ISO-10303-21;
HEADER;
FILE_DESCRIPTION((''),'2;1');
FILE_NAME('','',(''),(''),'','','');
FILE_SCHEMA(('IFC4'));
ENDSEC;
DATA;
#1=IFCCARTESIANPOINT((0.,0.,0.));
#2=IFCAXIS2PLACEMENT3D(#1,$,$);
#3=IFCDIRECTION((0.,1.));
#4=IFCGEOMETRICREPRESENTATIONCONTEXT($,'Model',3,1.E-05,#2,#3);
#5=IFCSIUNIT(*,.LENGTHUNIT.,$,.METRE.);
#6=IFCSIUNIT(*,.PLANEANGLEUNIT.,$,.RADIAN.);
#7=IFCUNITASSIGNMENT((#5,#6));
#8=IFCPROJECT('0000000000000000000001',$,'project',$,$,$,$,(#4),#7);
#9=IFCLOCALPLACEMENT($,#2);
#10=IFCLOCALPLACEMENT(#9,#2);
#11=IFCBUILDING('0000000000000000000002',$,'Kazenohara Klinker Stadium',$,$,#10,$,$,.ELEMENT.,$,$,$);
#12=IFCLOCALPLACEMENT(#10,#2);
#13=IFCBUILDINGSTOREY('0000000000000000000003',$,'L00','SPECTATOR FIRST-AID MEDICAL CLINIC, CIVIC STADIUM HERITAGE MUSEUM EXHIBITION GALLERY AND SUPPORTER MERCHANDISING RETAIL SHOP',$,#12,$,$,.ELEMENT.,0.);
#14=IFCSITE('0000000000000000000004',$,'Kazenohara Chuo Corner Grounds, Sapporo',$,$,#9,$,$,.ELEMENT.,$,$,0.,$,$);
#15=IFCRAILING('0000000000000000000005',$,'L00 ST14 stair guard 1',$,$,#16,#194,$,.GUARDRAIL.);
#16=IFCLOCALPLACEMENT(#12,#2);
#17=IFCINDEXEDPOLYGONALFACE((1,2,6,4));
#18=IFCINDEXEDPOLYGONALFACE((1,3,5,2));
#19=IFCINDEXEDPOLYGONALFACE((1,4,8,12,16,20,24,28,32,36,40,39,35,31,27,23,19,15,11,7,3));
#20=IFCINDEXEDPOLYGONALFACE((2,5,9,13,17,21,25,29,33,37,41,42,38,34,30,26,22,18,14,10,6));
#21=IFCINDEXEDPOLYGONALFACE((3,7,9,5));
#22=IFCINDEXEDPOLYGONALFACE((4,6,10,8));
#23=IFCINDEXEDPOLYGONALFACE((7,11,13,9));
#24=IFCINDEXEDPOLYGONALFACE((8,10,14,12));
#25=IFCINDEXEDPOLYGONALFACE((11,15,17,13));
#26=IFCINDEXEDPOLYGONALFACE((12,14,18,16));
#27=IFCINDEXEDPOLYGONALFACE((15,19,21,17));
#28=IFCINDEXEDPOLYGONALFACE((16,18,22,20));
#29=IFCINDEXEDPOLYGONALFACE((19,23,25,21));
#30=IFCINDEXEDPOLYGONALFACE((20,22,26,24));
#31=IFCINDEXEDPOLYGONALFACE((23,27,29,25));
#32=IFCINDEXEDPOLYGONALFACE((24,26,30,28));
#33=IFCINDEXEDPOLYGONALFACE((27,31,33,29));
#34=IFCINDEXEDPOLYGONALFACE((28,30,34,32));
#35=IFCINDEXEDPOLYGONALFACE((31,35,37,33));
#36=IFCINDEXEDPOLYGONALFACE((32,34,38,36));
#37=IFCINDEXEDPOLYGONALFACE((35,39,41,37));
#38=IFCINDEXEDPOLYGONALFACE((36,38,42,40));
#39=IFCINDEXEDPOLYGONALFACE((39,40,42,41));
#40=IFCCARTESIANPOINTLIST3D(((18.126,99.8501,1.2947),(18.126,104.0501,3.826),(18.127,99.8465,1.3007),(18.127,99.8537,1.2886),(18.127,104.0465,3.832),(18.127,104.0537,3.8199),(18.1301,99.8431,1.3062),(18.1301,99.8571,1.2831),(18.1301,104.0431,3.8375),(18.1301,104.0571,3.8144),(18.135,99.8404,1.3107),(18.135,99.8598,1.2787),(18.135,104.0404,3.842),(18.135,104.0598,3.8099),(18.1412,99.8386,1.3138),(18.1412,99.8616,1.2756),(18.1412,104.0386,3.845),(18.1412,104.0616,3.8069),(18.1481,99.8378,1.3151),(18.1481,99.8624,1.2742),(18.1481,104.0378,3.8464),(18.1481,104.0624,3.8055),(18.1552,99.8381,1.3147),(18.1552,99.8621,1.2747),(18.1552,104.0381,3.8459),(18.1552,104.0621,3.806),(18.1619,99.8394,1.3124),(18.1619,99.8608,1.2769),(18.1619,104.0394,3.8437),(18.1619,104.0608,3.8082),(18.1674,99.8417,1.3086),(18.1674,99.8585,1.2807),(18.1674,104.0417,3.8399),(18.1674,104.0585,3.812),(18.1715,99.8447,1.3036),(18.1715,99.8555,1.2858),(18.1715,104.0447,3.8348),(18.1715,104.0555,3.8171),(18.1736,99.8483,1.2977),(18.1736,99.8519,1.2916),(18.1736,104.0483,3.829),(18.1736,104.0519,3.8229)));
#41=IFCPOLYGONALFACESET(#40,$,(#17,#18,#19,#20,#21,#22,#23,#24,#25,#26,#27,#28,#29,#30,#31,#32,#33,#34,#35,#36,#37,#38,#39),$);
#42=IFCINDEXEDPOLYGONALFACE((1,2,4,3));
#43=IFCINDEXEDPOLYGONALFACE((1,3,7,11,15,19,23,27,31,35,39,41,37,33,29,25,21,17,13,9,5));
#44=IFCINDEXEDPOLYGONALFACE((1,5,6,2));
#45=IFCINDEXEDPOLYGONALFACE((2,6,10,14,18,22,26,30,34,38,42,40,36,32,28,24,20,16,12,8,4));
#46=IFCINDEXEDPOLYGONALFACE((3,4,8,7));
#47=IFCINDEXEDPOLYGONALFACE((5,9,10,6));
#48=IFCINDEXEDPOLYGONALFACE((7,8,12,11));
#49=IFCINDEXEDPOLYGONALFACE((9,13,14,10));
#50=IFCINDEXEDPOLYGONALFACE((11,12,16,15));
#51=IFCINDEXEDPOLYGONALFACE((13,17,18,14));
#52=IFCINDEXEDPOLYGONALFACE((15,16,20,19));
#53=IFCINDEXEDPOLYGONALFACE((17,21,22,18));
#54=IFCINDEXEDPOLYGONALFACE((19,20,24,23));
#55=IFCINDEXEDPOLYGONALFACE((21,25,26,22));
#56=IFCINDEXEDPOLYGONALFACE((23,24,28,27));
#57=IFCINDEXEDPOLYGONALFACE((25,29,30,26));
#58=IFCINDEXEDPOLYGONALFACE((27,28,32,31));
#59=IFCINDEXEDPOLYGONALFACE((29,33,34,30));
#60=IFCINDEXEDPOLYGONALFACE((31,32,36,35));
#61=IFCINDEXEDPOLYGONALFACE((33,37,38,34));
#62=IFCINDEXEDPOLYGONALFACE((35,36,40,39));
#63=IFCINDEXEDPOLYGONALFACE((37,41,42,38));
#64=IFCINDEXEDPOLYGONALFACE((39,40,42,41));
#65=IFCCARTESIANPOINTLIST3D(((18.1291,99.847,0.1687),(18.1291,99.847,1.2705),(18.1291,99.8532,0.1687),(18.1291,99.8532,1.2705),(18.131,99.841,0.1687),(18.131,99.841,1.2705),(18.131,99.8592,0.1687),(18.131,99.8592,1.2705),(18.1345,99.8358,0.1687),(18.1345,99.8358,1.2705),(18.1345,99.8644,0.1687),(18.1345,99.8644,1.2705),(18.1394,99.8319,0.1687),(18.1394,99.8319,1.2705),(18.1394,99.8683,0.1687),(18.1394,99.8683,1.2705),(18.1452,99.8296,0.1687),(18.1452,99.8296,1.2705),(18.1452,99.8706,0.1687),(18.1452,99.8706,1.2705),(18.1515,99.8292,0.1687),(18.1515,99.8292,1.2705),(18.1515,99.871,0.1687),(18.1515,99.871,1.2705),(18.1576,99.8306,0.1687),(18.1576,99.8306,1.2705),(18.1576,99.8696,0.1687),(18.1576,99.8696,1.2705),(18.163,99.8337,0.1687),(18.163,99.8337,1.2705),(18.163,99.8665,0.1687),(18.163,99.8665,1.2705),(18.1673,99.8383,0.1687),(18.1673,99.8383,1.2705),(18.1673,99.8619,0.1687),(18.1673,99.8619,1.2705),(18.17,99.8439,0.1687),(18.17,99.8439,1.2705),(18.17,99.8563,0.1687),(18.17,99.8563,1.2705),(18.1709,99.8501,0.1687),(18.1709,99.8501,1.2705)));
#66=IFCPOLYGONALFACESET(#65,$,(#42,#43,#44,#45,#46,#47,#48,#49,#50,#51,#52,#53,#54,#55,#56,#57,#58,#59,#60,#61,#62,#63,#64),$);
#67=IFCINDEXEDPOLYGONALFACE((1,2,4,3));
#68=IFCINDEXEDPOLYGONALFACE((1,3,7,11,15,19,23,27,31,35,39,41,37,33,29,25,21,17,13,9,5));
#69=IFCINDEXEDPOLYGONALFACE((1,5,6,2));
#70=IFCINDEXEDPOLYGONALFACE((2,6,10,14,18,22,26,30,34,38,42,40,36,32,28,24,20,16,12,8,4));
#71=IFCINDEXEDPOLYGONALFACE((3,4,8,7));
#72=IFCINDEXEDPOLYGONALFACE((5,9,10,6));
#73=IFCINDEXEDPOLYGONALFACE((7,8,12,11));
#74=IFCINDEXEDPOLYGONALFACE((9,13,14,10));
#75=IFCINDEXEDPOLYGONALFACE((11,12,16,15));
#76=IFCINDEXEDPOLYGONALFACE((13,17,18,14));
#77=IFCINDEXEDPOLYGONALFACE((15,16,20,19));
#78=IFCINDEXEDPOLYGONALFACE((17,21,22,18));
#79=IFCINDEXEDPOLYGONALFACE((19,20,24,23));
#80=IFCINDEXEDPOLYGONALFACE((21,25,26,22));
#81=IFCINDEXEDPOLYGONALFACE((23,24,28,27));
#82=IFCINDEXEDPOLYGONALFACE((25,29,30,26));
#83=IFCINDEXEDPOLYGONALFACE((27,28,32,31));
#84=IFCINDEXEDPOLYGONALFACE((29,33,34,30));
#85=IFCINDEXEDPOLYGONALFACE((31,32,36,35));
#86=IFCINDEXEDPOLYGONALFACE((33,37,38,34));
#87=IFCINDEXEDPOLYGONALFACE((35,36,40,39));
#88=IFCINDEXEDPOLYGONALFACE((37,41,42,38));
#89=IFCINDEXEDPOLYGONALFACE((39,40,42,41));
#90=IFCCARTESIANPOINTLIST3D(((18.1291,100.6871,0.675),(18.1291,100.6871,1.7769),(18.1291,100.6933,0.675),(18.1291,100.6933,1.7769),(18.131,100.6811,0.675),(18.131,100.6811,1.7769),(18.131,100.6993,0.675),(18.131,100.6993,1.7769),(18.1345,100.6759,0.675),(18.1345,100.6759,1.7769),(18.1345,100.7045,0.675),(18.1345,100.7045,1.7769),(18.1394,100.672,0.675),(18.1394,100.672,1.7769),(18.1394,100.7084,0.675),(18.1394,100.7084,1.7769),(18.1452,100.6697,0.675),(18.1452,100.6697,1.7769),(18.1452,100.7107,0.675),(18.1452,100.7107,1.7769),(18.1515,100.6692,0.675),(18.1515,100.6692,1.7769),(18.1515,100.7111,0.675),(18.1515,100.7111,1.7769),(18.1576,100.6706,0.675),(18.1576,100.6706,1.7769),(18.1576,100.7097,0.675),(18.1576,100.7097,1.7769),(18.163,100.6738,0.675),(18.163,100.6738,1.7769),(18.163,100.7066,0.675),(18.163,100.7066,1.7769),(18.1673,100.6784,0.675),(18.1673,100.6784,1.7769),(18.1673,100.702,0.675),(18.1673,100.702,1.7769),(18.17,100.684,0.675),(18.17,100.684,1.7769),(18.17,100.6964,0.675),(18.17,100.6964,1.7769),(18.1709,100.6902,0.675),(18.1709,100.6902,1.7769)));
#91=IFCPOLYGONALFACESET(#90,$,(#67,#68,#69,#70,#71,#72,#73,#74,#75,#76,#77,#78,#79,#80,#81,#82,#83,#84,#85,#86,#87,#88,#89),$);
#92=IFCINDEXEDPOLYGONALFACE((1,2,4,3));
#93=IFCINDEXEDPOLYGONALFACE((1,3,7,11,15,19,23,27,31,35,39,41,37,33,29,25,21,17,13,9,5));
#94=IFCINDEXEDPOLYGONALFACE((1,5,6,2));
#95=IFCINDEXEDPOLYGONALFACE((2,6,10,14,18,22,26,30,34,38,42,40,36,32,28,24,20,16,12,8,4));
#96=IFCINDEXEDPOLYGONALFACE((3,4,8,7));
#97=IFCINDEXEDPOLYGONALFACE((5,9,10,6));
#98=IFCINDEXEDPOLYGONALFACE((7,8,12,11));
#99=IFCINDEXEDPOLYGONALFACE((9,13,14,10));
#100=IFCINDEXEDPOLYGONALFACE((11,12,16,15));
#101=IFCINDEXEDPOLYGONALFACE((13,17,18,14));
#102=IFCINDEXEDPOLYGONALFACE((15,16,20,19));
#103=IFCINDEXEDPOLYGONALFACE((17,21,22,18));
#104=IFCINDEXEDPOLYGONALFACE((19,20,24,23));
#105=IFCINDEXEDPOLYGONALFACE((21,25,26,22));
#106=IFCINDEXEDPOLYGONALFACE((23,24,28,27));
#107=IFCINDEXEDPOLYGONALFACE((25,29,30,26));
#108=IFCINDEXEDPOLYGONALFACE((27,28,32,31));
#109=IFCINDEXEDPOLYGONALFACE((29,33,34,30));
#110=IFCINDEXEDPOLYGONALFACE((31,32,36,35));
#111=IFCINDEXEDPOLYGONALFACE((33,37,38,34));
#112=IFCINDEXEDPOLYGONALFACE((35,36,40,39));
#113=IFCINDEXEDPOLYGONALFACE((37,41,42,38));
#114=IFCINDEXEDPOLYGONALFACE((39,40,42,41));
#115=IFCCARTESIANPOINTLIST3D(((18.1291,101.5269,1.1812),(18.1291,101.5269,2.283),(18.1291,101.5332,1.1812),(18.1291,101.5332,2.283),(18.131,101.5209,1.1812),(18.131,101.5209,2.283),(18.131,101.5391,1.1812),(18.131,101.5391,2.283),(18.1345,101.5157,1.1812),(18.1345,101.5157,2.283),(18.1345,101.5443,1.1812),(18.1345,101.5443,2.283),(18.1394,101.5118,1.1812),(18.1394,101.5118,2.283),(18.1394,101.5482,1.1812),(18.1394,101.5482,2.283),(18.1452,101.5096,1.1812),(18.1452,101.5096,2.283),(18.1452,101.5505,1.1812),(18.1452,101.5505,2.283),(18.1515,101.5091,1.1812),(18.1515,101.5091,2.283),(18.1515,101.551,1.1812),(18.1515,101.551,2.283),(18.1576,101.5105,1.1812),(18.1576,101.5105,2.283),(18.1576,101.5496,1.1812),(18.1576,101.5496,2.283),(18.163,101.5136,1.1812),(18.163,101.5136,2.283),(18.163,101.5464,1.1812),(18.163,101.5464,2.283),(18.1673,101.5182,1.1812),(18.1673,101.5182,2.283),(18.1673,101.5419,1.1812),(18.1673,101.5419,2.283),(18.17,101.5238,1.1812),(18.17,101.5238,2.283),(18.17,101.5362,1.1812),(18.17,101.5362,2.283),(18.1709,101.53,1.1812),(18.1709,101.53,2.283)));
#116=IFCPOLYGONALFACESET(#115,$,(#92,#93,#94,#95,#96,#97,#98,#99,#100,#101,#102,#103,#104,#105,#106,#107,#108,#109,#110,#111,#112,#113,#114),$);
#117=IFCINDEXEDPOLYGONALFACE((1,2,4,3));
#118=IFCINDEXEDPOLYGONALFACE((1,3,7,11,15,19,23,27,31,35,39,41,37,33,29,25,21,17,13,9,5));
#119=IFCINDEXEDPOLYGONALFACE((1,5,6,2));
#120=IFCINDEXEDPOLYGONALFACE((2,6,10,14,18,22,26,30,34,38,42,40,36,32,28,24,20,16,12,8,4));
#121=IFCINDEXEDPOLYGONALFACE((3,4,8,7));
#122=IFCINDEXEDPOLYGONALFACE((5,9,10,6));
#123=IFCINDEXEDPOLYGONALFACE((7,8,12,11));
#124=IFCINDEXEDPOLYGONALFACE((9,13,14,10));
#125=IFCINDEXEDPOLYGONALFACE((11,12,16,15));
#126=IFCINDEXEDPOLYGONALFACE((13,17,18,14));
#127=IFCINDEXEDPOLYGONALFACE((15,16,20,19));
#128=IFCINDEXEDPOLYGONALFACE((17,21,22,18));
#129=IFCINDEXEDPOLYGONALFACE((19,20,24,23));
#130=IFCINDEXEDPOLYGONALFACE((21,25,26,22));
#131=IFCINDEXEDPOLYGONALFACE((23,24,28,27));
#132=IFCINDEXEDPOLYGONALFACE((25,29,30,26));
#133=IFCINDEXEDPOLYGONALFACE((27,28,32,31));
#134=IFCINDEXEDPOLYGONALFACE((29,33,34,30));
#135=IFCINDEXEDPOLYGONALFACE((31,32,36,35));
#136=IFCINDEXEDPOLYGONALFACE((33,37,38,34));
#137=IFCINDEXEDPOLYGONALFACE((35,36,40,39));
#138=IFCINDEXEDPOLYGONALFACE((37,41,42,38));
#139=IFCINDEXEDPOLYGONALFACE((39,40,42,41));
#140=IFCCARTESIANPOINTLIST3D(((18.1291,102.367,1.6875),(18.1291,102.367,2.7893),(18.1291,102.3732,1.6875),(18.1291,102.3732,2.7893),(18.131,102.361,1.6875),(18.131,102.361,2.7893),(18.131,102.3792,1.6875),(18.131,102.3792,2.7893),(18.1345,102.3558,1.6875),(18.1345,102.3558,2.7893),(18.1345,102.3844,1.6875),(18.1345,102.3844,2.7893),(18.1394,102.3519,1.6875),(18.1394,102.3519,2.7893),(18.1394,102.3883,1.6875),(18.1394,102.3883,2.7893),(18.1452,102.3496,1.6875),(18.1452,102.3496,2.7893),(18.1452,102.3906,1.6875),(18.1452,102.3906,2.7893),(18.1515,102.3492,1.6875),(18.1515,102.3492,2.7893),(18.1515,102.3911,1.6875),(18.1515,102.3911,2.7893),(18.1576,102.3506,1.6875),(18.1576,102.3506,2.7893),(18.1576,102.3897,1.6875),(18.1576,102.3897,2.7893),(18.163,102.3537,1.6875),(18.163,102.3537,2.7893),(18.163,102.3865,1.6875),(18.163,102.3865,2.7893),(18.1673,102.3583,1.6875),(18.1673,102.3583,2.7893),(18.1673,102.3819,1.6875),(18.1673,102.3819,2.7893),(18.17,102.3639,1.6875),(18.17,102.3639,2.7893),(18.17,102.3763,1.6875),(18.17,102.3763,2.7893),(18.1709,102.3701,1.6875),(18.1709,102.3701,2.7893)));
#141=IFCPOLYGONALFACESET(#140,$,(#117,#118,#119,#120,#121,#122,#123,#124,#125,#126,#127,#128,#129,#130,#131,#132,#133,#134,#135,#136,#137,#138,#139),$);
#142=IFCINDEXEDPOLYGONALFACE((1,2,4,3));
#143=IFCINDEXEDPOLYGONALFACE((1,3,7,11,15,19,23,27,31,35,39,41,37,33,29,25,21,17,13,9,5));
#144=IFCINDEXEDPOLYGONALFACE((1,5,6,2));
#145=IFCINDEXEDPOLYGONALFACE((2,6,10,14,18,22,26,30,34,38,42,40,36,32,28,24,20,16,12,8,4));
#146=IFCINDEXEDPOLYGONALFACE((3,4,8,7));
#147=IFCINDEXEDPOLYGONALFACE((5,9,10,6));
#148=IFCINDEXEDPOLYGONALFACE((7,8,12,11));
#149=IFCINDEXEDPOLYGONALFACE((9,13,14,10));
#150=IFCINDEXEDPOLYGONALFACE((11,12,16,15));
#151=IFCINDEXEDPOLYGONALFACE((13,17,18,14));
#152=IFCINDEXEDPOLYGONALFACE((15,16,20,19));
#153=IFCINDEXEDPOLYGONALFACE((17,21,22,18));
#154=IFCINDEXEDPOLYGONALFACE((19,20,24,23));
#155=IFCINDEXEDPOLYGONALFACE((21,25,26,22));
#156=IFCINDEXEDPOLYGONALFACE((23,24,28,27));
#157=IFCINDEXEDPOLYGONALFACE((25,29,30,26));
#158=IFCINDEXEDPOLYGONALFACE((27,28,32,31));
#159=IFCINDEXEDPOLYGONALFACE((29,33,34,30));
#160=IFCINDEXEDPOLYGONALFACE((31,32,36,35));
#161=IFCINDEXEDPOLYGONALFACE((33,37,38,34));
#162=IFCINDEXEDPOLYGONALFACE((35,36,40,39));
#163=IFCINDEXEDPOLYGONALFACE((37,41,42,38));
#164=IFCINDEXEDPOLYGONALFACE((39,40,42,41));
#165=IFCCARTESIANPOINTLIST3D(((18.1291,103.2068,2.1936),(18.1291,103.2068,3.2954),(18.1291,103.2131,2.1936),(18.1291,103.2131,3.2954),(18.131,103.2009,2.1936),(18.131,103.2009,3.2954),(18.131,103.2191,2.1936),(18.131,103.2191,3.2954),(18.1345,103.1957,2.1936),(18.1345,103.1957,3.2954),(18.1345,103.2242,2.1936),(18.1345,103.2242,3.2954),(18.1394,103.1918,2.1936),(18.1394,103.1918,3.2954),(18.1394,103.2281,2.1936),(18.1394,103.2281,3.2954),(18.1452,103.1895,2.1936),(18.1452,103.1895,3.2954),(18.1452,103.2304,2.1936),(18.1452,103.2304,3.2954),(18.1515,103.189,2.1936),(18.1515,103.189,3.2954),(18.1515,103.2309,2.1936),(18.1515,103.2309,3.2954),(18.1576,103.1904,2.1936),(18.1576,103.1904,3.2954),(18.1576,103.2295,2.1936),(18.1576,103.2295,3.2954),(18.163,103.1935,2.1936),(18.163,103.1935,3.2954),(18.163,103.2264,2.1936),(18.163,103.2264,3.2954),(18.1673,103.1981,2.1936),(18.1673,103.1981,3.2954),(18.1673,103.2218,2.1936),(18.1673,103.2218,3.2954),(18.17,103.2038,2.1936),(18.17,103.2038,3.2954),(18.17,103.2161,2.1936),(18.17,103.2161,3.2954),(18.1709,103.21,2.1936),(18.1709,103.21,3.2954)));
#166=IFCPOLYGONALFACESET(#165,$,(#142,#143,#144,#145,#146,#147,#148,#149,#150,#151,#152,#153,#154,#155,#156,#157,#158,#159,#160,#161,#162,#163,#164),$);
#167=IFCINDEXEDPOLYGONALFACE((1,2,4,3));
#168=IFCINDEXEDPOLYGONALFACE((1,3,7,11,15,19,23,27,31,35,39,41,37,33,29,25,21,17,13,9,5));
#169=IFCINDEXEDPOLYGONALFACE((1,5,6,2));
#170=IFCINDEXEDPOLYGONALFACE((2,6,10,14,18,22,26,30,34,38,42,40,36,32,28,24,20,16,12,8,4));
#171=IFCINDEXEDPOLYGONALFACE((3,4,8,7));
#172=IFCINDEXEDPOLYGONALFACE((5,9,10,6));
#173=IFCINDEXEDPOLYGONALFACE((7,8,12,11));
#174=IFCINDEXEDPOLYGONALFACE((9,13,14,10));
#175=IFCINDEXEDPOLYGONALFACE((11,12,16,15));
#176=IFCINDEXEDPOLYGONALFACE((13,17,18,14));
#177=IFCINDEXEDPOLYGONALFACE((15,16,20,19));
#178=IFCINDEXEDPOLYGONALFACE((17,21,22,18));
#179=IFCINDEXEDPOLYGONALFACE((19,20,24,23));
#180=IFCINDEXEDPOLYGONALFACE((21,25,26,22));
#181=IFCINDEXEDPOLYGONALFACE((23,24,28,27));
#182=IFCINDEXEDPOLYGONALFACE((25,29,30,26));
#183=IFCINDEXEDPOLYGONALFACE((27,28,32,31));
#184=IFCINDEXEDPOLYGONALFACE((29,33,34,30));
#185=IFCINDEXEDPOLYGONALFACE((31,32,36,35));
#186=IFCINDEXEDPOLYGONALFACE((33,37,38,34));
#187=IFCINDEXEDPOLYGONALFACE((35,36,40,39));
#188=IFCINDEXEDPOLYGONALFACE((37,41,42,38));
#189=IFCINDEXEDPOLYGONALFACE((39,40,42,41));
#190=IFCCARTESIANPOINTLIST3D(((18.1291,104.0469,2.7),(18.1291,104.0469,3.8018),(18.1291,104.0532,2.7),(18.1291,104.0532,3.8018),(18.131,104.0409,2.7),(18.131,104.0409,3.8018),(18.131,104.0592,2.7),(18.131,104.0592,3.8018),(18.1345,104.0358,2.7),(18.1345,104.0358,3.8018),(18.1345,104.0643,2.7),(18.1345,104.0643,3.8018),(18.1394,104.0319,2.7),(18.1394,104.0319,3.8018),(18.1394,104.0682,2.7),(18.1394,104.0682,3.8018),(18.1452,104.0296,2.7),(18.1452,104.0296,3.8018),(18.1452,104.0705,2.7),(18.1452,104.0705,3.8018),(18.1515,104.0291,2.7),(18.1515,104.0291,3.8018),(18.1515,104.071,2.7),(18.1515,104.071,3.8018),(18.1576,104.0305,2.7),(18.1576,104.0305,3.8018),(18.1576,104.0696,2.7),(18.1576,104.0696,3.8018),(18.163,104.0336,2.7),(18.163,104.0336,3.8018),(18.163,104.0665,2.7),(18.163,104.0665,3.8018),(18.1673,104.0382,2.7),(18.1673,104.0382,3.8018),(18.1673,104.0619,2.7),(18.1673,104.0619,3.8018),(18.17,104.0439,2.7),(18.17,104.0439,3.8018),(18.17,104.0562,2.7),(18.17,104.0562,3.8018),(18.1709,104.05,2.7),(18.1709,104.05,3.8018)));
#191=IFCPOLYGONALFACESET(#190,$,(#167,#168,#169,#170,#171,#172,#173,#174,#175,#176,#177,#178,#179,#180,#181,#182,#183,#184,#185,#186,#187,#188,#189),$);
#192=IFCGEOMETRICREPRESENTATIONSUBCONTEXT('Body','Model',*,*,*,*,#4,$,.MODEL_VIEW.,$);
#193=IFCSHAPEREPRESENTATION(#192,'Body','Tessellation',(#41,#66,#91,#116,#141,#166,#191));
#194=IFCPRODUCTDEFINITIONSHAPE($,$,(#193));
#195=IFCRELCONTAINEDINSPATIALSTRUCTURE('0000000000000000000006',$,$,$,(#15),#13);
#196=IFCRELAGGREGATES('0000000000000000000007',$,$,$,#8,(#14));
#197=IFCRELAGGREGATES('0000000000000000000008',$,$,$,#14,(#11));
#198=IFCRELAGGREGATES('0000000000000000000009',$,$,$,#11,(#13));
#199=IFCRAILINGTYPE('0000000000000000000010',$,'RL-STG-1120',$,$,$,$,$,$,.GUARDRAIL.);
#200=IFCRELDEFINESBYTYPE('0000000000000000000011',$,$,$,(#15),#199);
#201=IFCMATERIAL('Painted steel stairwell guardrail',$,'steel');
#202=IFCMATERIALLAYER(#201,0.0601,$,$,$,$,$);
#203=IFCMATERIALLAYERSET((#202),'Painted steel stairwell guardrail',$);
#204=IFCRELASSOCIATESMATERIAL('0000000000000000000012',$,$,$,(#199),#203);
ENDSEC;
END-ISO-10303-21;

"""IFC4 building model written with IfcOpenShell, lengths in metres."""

from ifc_helpers import new_model, si_unit, direction, frame, origin, origin_2d, place, context, subcontext, project, spatial, circle, extrude, material, layer, layer_set, type_object, element, save


model = new_model("IFC4")

# Units and contexts
model_context = context("Model", 3, precision=1e-05, world=origin(), true_north=direction((0.0, 1.0)))
body_context = subcontext(model_context, "Body", "Model", "MODEL_VIEW")
ifc_project = project(units=[si_unit("LENGTHUNIT", "METRE"), si_unit("PLANEANGLEUNIT", "RADIAN")], contexts=[model_context])

# Site, building, storey
site_placement = place(None, origin())
site = spatial("IfcSite", under=ifc_project, at=site_placement, Name="Kazenohara Chuo Corner Grounds, Sapporo", CompositionType="ELEMENT", RefElevation=0.0)
building_placement = place(site_placement, origin())
building = spatial("IfcBuilding", under=site, at=building_placement, Name="Kazenohara Klinker Stadium", CompositionType="ELEMENT")
storey_placement = place(building_placement, origin())
storey = spatial("IfcBuildingStorey", under=building, at=storey_placement, Name="L00", Description="SPECTATOR FIRST-AID MEDICAL CLINIC, CIVIC STADIUM HERITAGE MUSEUM EXHIBITION GALLERY AND SUPPORTER MERCHANDISING RETAIL SHOP", CompositionType="ELEMENT", Elevation=0.0)

# Railing
ifc_material_1 = material(Name="Painted steel stairwell guardrail", Category="steel")
ifc_layer_1 = layer(ifc_material_1, 0.0601)
ifc_layer_set_1 = layer_set([ifc_layer_1], Name="Painted steel stairwell guardrail")
railing_type_1 = type_object("IfcRailingType", Name="RL-STG-1120", PredefinedType="GUARDRAIL", material=ifc_layer_set_1)
railing_1_placement = place(storey_placement, frame((18.1499, 99.8501, 0.1687)))
element("IfcRailing", 1, at=railing_1_placement, inside=storey, type_object=railing_type_1, Name="L00 ST14 stair guard 1", PredefinedType="GUARDRAIL", context=body_context, shape_type="SweptSolid", body=[
    extrude(circle(Radius=0.0239, at=origin_2d()), frame((0.0, 0.0, 1.126), z_axis=(0.0, 0.856476, 0.516186), x_axis=(-1.0, 0.0, 0.0)), (0.0, 0.0, 1.0), 4.9038),
    extrude(circle(Radius=0.021, at=origin_2d()), origin(), (0.0, 0.0, 1.0), 1.1018),
    extrude(circle(Radius=0.021, at=origin_2d()), frame((0.0, 0.8401, 0.5063)), (0.0, 0.0, 1.0), 1.1018),
    extrude(circle(Radius=0.021, at=origin_2d()), frame((0.0, 1.6799, 1.0125)), (0.0, 0.0, 1.0), 1.1018),
    extrude(circle(Radius=0.021, at=origin_2d()), frame((0.0, 2.52, 1.5188)), (0.0, 0.0, 1.0), 1.1018),
    extrude(circle(Radius=0.021, at=origin_2d()), frame((0.0, 3.3599, 2.0249)), (0.0, 0.0, 1.0), 1.1018),
    extrude(circle(Radius=0.021, at=origin_2d()), frame((0.0, 4.2, 2.5312)), (0.0, 0.0, 1.0), 1.1018),
])

save(model, "model.ifc")
